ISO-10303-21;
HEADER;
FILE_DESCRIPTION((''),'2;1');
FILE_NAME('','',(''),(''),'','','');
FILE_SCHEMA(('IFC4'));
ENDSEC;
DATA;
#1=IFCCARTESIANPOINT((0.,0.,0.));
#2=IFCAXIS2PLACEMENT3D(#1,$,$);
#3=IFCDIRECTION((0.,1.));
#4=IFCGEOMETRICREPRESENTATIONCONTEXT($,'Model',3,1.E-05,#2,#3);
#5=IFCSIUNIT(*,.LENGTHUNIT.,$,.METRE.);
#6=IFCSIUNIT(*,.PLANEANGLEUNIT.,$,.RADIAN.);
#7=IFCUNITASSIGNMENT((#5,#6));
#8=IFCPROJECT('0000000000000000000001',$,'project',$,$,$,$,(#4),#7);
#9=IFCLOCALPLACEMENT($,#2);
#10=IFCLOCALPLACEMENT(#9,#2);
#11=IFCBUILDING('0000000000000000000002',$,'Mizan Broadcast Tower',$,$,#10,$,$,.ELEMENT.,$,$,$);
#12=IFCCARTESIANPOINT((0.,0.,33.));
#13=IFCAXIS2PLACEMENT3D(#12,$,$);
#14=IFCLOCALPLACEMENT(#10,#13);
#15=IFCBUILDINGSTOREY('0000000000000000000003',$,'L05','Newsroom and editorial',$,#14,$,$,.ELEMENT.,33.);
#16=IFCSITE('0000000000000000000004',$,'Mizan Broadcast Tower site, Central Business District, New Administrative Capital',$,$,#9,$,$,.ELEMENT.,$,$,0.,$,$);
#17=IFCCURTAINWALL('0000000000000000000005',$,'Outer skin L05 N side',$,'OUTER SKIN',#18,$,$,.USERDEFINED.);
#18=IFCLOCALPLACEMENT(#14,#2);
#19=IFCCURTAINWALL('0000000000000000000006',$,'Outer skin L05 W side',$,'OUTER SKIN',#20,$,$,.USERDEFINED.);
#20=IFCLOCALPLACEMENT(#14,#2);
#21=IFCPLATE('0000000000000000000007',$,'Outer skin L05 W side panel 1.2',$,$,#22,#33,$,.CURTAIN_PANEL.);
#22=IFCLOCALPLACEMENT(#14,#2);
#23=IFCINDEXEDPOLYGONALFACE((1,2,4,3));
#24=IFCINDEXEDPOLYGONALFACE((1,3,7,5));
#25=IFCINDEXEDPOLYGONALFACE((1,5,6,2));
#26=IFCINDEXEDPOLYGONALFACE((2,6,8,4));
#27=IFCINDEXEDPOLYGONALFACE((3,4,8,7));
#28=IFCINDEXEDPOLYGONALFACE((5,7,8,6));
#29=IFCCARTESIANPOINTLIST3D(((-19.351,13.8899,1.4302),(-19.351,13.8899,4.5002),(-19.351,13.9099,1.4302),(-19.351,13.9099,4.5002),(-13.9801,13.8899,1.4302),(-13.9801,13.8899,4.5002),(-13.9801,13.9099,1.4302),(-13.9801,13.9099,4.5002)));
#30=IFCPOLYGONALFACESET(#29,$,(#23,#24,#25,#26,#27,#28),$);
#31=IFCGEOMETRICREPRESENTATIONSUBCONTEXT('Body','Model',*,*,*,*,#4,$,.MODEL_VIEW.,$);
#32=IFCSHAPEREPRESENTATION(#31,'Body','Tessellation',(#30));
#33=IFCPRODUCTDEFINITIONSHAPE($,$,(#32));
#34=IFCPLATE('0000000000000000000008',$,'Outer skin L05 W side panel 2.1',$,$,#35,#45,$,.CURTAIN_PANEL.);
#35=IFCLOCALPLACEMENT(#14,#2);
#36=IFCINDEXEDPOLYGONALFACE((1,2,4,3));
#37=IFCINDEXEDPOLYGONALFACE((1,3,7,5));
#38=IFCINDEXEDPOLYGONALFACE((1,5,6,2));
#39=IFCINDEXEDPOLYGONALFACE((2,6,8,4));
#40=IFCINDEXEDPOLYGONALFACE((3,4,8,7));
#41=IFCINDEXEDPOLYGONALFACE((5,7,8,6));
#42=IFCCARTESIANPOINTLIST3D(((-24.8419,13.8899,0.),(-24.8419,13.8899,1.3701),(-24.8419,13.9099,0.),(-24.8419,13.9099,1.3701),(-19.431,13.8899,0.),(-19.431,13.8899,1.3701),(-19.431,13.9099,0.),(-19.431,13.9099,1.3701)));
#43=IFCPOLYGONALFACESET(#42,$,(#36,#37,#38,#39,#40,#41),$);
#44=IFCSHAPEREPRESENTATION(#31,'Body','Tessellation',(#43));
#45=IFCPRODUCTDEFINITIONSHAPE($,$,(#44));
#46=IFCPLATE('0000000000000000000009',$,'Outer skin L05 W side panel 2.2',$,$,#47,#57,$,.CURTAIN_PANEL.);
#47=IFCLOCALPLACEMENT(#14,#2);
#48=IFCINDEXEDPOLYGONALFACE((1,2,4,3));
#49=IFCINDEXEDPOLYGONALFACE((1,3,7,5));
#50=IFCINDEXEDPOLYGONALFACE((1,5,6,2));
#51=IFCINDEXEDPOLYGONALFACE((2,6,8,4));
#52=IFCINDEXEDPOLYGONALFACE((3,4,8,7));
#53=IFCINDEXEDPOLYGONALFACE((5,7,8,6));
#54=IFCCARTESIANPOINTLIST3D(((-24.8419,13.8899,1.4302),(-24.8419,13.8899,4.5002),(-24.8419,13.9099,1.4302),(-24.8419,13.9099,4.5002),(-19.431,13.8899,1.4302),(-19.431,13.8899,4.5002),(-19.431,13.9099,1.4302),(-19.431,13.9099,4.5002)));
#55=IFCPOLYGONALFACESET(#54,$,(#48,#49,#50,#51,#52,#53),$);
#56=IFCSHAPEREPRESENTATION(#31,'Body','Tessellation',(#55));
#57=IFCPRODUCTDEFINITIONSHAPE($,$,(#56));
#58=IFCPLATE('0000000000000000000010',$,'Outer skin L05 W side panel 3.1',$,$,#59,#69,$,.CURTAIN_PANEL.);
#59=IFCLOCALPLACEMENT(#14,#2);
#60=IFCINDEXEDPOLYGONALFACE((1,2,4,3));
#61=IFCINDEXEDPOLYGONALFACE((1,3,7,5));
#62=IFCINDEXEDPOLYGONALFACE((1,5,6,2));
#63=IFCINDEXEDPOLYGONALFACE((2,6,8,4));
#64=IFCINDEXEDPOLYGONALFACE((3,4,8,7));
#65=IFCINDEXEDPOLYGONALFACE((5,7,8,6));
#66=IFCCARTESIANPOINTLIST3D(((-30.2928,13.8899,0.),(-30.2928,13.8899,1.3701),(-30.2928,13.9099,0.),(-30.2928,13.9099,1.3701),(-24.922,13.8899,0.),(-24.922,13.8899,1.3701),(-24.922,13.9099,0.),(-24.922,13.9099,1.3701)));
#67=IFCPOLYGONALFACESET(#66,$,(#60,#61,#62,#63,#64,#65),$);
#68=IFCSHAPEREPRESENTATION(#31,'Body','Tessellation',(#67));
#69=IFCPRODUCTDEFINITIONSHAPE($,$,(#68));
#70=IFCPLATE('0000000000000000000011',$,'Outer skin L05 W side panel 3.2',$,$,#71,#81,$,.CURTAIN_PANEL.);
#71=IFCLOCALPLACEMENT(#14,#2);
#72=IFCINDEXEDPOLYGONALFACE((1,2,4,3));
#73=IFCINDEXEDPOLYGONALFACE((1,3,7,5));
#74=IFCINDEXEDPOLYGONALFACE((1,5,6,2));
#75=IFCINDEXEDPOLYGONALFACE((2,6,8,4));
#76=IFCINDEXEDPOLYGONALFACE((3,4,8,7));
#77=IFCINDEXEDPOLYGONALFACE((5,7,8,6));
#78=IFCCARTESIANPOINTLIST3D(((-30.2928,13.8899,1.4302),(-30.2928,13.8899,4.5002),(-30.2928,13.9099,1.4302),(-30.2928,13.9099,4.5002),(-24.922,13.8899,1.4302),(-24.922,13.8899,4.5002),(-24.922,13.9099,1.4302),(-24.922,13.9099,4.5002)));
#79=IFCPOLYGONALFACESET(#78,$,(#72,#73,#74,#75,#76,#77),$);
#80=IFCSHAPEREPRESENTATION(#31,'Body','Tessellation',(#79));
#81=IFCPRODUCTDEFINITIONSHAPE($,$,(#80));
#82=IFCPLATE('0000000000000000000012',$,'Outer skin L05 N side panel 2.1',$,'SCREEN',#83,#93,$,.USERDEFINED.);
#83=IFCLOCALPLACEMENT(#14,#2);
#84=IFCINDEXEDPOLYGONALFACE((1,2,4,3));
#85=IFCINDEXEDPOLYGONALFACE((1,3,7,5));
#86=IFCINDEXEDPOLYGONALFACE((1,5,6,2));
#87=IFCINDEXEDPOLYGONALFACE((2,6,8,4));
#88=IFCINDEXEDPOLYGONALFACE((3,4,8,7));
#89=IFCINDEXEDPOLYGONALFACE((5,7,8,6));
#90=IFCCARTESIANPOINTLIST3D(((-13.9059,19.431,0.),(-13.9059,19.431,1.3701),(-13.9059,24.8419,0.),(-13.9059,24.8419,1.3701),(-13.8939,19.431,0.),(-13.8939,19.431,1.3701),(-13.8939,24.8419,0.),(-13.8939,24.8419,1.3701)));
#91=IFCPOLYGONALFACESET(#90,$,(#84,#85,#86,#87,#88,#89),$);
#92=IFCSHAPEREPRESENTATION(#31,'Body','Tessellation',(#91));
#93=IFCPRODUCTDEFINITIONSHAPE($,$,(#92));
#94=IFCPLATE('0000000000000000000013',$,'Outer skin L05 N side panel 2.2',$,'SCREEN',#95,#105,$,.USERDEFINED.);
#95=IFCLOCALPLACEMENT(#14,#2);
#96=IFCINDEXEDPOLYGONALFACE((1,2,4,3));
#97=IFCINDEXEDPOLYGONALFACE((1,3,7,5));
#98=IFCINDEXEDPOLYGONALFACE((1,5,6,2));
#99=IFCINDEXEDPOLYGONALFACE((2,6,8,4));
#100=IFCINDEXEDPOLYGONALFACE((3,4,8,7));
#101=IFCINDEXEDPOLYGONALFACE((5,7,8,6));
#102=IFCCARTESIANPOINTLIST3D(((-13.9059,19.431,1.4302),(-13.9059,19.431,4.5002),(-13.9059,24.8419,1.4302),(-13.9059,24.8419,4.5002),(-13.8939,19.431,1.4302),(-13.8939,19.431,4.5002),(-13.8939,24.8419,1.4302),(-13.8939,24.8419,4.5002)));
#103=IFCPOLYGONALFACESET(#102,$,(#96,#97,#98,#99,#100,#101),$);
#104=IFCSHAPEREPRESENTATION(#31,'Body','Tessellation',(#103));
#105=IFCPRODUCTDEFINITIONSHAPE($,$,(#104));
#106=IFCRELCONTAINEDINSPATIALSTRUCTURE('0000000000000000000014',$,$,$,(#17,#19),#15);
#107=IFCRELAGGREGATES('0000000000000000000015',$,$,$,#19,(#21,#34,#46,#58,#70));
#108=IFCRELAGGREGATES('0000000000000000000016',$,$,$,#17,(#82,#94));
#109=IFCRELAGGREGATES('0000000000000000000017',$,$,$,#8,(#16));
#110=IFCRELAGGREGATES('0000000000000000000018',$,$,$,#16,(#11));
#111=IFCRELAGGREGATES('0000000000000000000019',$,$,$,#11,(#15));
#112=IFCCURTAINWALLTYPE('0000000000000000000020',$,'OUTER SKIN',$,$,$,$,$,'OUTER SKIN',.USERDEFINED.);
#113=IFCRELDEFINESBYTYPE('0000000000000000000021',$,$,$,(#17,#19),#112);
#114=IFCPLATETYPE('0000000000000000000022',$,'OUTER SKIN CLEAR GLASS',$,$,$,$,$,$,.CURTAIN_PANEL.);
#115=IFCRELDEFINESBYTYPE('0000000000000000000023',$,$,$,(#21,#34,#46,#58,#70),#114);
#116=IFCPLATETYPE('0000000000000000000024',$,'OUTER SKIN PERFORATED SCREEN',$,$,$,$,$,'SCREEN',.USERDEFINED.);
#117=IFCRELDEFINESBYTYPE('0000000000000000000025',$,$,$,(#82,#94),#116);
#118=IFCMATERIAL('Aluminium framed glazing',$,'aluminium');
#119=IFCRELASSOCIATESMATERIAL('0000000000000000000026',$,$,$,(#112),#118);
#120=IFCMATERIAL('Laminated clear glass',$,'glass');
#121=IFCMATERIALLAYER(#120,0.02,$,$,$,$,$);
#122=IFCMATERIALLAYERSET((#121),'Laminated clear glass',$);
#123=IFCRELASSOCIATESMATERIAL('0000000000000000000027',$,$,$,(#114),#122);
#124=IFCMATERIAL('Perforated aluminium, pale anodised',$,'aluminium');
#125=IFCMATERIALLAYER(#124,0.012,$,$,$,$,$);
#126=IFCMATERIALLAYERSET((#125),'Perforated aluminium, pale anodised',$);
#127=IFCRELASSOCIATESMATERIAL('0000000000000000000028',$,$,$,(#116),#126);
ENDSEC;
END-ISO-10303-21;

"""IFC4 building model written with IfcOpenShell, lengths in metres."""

from ifc_helpers import new_model, si_unit, direction, frame, origin, origin_2d, place, context, subcontext, project, spatial, rectangle, extrude, material, layer, layer_set, type_object, element, aggregate, save


model = new_model("IFC4")

# Units and contexts
model_context = context("Model", 3, precision=1e-05, world=origin(), true_north=direction((0.0, 1.0)))
body_context = subcontext(model_context, "Body", "Model", "MODEL_VIEW")
ifc_project = project(units=[si_unit("LENGTHUNIT", "METRE"), si_unit("PLANEANGLEUNIT", "RADIAN")], contexts=[model_context])

# Site, building, storey
site_placement = place(None, origin())
site = spatial("IfcSite", under=ifc_project, at=site_placement, Name="Mizan Broadcast Tower site, Central Business District, New Administrative Capital", CompositionType="ELEMENT", RefElevation=0.0)
building_placement = place(site_placement, origin())
building = spatial("IfcBuilding", under=site, at=building_placement, Name="Mizan Broadcast Tower", CompositionType="ELEMENT")
storey_placement = place(building_placement, frame((0.0, 0.0, 33.0)))
storey = spatial("IfcBuildingStorey", under=building, at=storey_placement, Name="L05", Description="Newsroom and editorial", CompositionType="ELEMENT", Elevation=33.0)

# Curtain walls
ifc_material_1 = material(Name="Aluminium framed glazing", Category="aluminium")
curtain_wall_type = type_object("IfcCurtainWallType", Name="OUTER SKIN", ElementType="OUTER SKIN", PredefinedType="USERDEFINED", material=ifc_material_1)
curtain_wall_1_placement = place(storey_placement, origin())
curtain_wall_1 = element("IfcCurtainWall", 1, at=curtain_wall_1_placement, inside=storey, type_object=curtain_wall_type, Name="Outer skin L05 N side", ObjectType="OUTER SKIN", PredefinedType="USERDEFINED")
curtain_wall_2_placement = place(storey_placement, origin())
curtain_wall_2 = element("IfcCurtainWall", 2, at=curtain_wall_2_placement, inside=storey, type_object=curtain_wall_type, Name="Outer skin L05 W side", ObjectType="OUTER SKIN", PredefinedType="USERDEFINED")

# Plates
ifc_material_2 = material(Name="Laminated clear glass", Category="glass")
ifc_layer_1 = layer(ifc_material_2, 0.02)
ifc_layer_set_1 = layer_set([ifc_layer_1], Name="Laminated clear glass")
plate_type_1 = type_object("IfcPlateType", Name="OUTER SKIN CLEAR GLASS", PredefinedType="CURTAIN_PANEL", material=ifc_layer_set_1)
plate_1_placement = place(storey_placement, frame((-16.6655, 13.8999, 1.4302), z_axis=(0.0, 0.0, 1.0), x_axis=(-1.0, 0.0, 0.0)))
plate_1 = element("IfcPlate", 3, at=plate_1_placement, type_object=plate_type_1, Name="Outer skin L05 W side panel 1.2", PredefinedType="CURTAIN_PANEL", context=body_context, shape_type="SweptSolid", body=[
    extrude(rectangle(XDim=5.3708, YDim=0.02, at=origin_2d()), origin(), (0.0, 0.0, 1.0), 3.0701),
])
plate_2_placement = place(storey_placement, frame((-22.1365, 13.8999, 0.0), z_axis=(0.0, 0.0, 1.0), x_axis=(-1.0, 0.0, 0.0)))
plate_2 = element("IfcPlate", 4, at=plate_2_placement, type_object=plate_type_1, Name="Outer skin L05 W side panel 2.1", PredefinedType="CURTAIN_PANEL", context=body_context, shape_type="SweptSolid", body=[
    extrude(rectangle(XDim=5.4109, YDim=0.02, at=origin_2d()), origin(), (0.0, 0.0, 1.0), 1.3701),
])
plate_3_placement = place(storey_placement, frame((-22.1365, 13.8999, 1.4302), z_axis=(0.0, 0.0, 1.0), x_axis=(-1.0, 0.0, 0.0)))
plate_3 = element("IfcPlate", 5, at=plate_3_placement, type_object=plate_type_1, Name="Outer skin L05 W side panel 2.2", PredefinedType="CURTAIN_PANEL", context=body_context, shape_type="SweptSolid", body=[
    extrude(rectangle(XDim=5.4109, YDim=0.02, at=origin_2d()), origin(), (0.0, 0.0, 1.0), 3.0701),
])
plate_4_placement = place(storey_placement, frame((-27.6074, 13.8999, 0.0), z_axis=(0.0, 0.0, 1.0), x_axis=(-1.0, 0.0, 0.0)))
plate_4 = element("IfcPlate", 6, at=plate_4_placement, type_object=plate_type_1, Name="Outer skin L05 W side panel 3.1", PredefinedType="CURTAIN_PANEL", context=body_context, shape_type="SweptSolid", body=[
    extrude(rectangle(XDim=5.3708, YDim=0.02, at=origin_2d()), origin(), (0.0, 0.0, 1.0), 1.3701),
])
plate_5_placement = place(storey_placement, frame((-27.6074, 13.8999, 1.4302), z_axis=(0.0, 0.0, 1.0), x_axis=(-1.0, 0.0, 0.0)))
plate_5 = element("IfcPlate", 7, at=plate_5_placement, type_object=plate_type_1, Name="Outer skin L05 W side panel 3.2", PredefinedType="CURTAIN_PANEL", context=body_context, shape_type="SweptSolid", body=[
    extrude(rectangle(XDim=5.3708, YDim=0.02, at=origin_2d()), origin(), (0.0, 0.0, 1.0), 3.0701),
])
aggregate(curtain_wall_2, [plate_1, plate_2, plate_3, plate_4, plate_5])
ifc_material_3 = material(Name="Perforated aluminium, pale anodised", Category="aluminium")
ifc_layer_2 = layer(ifc_material_3, 0.012)
ifc_layer_set_2 = layer_set([ifc_layer_2], Name="Perforated aluminium, pale anodised")
plate_type_2 = type_object("IfcPlateType", Name="OUTER SKIN PERFORATED SCREEN", ElementType="SCREEN", PredefinedType="USERDEFINED", material=ifc_layer_set_2)
plate_6_placement = place(storey_placement, frame((-13.8999, 22.1365, 0.0), z_axis=(0.0, 0.0, 1.0), x_axis=(0.0, -1.0, 0.0)))
plate_6 = element("IfcPlate", 8, at=plate_6_placement, type_object=plate_type_2, Name="Outer skin L05 N side panel 2.1", ObjectType="SCREEN", PredefinedType="USERDEFINED", context=body_context, shape_type="SweptSolid", body=[
    extrude(rectangle(XDim=5.4109, YDim=0.012, at=origin_2d()), origin(), (0.0, 0.0, 1.0), 1.3701),
])
plate_7_placement = place(storey_placement, frame((-13.8999, 22.1365, 1.4302), z_axis=(0.0, 0.0, 1.0), x_axis=(0.0, -1.0, 0.0)))
plate_7 = element("IfcPlate", 9, at=plate_7_placement, type_object=plate_type_2, Name="Outer skin L05 N side panel 2.2", ObjectType="SCREEN", PredefinedType="USERDEFINED", context=body_context, shape_type="SweptSolid", body=[
    extrude(rectangle(XDim=5.4109, YDim=0.012, at=origin_2d()), origin(), (0.0, 0.0, 1.0), 3.0701),
])
aggregate(curtain_wall_1, [plate_6, plate_7])

save(model, "model.ifc")
